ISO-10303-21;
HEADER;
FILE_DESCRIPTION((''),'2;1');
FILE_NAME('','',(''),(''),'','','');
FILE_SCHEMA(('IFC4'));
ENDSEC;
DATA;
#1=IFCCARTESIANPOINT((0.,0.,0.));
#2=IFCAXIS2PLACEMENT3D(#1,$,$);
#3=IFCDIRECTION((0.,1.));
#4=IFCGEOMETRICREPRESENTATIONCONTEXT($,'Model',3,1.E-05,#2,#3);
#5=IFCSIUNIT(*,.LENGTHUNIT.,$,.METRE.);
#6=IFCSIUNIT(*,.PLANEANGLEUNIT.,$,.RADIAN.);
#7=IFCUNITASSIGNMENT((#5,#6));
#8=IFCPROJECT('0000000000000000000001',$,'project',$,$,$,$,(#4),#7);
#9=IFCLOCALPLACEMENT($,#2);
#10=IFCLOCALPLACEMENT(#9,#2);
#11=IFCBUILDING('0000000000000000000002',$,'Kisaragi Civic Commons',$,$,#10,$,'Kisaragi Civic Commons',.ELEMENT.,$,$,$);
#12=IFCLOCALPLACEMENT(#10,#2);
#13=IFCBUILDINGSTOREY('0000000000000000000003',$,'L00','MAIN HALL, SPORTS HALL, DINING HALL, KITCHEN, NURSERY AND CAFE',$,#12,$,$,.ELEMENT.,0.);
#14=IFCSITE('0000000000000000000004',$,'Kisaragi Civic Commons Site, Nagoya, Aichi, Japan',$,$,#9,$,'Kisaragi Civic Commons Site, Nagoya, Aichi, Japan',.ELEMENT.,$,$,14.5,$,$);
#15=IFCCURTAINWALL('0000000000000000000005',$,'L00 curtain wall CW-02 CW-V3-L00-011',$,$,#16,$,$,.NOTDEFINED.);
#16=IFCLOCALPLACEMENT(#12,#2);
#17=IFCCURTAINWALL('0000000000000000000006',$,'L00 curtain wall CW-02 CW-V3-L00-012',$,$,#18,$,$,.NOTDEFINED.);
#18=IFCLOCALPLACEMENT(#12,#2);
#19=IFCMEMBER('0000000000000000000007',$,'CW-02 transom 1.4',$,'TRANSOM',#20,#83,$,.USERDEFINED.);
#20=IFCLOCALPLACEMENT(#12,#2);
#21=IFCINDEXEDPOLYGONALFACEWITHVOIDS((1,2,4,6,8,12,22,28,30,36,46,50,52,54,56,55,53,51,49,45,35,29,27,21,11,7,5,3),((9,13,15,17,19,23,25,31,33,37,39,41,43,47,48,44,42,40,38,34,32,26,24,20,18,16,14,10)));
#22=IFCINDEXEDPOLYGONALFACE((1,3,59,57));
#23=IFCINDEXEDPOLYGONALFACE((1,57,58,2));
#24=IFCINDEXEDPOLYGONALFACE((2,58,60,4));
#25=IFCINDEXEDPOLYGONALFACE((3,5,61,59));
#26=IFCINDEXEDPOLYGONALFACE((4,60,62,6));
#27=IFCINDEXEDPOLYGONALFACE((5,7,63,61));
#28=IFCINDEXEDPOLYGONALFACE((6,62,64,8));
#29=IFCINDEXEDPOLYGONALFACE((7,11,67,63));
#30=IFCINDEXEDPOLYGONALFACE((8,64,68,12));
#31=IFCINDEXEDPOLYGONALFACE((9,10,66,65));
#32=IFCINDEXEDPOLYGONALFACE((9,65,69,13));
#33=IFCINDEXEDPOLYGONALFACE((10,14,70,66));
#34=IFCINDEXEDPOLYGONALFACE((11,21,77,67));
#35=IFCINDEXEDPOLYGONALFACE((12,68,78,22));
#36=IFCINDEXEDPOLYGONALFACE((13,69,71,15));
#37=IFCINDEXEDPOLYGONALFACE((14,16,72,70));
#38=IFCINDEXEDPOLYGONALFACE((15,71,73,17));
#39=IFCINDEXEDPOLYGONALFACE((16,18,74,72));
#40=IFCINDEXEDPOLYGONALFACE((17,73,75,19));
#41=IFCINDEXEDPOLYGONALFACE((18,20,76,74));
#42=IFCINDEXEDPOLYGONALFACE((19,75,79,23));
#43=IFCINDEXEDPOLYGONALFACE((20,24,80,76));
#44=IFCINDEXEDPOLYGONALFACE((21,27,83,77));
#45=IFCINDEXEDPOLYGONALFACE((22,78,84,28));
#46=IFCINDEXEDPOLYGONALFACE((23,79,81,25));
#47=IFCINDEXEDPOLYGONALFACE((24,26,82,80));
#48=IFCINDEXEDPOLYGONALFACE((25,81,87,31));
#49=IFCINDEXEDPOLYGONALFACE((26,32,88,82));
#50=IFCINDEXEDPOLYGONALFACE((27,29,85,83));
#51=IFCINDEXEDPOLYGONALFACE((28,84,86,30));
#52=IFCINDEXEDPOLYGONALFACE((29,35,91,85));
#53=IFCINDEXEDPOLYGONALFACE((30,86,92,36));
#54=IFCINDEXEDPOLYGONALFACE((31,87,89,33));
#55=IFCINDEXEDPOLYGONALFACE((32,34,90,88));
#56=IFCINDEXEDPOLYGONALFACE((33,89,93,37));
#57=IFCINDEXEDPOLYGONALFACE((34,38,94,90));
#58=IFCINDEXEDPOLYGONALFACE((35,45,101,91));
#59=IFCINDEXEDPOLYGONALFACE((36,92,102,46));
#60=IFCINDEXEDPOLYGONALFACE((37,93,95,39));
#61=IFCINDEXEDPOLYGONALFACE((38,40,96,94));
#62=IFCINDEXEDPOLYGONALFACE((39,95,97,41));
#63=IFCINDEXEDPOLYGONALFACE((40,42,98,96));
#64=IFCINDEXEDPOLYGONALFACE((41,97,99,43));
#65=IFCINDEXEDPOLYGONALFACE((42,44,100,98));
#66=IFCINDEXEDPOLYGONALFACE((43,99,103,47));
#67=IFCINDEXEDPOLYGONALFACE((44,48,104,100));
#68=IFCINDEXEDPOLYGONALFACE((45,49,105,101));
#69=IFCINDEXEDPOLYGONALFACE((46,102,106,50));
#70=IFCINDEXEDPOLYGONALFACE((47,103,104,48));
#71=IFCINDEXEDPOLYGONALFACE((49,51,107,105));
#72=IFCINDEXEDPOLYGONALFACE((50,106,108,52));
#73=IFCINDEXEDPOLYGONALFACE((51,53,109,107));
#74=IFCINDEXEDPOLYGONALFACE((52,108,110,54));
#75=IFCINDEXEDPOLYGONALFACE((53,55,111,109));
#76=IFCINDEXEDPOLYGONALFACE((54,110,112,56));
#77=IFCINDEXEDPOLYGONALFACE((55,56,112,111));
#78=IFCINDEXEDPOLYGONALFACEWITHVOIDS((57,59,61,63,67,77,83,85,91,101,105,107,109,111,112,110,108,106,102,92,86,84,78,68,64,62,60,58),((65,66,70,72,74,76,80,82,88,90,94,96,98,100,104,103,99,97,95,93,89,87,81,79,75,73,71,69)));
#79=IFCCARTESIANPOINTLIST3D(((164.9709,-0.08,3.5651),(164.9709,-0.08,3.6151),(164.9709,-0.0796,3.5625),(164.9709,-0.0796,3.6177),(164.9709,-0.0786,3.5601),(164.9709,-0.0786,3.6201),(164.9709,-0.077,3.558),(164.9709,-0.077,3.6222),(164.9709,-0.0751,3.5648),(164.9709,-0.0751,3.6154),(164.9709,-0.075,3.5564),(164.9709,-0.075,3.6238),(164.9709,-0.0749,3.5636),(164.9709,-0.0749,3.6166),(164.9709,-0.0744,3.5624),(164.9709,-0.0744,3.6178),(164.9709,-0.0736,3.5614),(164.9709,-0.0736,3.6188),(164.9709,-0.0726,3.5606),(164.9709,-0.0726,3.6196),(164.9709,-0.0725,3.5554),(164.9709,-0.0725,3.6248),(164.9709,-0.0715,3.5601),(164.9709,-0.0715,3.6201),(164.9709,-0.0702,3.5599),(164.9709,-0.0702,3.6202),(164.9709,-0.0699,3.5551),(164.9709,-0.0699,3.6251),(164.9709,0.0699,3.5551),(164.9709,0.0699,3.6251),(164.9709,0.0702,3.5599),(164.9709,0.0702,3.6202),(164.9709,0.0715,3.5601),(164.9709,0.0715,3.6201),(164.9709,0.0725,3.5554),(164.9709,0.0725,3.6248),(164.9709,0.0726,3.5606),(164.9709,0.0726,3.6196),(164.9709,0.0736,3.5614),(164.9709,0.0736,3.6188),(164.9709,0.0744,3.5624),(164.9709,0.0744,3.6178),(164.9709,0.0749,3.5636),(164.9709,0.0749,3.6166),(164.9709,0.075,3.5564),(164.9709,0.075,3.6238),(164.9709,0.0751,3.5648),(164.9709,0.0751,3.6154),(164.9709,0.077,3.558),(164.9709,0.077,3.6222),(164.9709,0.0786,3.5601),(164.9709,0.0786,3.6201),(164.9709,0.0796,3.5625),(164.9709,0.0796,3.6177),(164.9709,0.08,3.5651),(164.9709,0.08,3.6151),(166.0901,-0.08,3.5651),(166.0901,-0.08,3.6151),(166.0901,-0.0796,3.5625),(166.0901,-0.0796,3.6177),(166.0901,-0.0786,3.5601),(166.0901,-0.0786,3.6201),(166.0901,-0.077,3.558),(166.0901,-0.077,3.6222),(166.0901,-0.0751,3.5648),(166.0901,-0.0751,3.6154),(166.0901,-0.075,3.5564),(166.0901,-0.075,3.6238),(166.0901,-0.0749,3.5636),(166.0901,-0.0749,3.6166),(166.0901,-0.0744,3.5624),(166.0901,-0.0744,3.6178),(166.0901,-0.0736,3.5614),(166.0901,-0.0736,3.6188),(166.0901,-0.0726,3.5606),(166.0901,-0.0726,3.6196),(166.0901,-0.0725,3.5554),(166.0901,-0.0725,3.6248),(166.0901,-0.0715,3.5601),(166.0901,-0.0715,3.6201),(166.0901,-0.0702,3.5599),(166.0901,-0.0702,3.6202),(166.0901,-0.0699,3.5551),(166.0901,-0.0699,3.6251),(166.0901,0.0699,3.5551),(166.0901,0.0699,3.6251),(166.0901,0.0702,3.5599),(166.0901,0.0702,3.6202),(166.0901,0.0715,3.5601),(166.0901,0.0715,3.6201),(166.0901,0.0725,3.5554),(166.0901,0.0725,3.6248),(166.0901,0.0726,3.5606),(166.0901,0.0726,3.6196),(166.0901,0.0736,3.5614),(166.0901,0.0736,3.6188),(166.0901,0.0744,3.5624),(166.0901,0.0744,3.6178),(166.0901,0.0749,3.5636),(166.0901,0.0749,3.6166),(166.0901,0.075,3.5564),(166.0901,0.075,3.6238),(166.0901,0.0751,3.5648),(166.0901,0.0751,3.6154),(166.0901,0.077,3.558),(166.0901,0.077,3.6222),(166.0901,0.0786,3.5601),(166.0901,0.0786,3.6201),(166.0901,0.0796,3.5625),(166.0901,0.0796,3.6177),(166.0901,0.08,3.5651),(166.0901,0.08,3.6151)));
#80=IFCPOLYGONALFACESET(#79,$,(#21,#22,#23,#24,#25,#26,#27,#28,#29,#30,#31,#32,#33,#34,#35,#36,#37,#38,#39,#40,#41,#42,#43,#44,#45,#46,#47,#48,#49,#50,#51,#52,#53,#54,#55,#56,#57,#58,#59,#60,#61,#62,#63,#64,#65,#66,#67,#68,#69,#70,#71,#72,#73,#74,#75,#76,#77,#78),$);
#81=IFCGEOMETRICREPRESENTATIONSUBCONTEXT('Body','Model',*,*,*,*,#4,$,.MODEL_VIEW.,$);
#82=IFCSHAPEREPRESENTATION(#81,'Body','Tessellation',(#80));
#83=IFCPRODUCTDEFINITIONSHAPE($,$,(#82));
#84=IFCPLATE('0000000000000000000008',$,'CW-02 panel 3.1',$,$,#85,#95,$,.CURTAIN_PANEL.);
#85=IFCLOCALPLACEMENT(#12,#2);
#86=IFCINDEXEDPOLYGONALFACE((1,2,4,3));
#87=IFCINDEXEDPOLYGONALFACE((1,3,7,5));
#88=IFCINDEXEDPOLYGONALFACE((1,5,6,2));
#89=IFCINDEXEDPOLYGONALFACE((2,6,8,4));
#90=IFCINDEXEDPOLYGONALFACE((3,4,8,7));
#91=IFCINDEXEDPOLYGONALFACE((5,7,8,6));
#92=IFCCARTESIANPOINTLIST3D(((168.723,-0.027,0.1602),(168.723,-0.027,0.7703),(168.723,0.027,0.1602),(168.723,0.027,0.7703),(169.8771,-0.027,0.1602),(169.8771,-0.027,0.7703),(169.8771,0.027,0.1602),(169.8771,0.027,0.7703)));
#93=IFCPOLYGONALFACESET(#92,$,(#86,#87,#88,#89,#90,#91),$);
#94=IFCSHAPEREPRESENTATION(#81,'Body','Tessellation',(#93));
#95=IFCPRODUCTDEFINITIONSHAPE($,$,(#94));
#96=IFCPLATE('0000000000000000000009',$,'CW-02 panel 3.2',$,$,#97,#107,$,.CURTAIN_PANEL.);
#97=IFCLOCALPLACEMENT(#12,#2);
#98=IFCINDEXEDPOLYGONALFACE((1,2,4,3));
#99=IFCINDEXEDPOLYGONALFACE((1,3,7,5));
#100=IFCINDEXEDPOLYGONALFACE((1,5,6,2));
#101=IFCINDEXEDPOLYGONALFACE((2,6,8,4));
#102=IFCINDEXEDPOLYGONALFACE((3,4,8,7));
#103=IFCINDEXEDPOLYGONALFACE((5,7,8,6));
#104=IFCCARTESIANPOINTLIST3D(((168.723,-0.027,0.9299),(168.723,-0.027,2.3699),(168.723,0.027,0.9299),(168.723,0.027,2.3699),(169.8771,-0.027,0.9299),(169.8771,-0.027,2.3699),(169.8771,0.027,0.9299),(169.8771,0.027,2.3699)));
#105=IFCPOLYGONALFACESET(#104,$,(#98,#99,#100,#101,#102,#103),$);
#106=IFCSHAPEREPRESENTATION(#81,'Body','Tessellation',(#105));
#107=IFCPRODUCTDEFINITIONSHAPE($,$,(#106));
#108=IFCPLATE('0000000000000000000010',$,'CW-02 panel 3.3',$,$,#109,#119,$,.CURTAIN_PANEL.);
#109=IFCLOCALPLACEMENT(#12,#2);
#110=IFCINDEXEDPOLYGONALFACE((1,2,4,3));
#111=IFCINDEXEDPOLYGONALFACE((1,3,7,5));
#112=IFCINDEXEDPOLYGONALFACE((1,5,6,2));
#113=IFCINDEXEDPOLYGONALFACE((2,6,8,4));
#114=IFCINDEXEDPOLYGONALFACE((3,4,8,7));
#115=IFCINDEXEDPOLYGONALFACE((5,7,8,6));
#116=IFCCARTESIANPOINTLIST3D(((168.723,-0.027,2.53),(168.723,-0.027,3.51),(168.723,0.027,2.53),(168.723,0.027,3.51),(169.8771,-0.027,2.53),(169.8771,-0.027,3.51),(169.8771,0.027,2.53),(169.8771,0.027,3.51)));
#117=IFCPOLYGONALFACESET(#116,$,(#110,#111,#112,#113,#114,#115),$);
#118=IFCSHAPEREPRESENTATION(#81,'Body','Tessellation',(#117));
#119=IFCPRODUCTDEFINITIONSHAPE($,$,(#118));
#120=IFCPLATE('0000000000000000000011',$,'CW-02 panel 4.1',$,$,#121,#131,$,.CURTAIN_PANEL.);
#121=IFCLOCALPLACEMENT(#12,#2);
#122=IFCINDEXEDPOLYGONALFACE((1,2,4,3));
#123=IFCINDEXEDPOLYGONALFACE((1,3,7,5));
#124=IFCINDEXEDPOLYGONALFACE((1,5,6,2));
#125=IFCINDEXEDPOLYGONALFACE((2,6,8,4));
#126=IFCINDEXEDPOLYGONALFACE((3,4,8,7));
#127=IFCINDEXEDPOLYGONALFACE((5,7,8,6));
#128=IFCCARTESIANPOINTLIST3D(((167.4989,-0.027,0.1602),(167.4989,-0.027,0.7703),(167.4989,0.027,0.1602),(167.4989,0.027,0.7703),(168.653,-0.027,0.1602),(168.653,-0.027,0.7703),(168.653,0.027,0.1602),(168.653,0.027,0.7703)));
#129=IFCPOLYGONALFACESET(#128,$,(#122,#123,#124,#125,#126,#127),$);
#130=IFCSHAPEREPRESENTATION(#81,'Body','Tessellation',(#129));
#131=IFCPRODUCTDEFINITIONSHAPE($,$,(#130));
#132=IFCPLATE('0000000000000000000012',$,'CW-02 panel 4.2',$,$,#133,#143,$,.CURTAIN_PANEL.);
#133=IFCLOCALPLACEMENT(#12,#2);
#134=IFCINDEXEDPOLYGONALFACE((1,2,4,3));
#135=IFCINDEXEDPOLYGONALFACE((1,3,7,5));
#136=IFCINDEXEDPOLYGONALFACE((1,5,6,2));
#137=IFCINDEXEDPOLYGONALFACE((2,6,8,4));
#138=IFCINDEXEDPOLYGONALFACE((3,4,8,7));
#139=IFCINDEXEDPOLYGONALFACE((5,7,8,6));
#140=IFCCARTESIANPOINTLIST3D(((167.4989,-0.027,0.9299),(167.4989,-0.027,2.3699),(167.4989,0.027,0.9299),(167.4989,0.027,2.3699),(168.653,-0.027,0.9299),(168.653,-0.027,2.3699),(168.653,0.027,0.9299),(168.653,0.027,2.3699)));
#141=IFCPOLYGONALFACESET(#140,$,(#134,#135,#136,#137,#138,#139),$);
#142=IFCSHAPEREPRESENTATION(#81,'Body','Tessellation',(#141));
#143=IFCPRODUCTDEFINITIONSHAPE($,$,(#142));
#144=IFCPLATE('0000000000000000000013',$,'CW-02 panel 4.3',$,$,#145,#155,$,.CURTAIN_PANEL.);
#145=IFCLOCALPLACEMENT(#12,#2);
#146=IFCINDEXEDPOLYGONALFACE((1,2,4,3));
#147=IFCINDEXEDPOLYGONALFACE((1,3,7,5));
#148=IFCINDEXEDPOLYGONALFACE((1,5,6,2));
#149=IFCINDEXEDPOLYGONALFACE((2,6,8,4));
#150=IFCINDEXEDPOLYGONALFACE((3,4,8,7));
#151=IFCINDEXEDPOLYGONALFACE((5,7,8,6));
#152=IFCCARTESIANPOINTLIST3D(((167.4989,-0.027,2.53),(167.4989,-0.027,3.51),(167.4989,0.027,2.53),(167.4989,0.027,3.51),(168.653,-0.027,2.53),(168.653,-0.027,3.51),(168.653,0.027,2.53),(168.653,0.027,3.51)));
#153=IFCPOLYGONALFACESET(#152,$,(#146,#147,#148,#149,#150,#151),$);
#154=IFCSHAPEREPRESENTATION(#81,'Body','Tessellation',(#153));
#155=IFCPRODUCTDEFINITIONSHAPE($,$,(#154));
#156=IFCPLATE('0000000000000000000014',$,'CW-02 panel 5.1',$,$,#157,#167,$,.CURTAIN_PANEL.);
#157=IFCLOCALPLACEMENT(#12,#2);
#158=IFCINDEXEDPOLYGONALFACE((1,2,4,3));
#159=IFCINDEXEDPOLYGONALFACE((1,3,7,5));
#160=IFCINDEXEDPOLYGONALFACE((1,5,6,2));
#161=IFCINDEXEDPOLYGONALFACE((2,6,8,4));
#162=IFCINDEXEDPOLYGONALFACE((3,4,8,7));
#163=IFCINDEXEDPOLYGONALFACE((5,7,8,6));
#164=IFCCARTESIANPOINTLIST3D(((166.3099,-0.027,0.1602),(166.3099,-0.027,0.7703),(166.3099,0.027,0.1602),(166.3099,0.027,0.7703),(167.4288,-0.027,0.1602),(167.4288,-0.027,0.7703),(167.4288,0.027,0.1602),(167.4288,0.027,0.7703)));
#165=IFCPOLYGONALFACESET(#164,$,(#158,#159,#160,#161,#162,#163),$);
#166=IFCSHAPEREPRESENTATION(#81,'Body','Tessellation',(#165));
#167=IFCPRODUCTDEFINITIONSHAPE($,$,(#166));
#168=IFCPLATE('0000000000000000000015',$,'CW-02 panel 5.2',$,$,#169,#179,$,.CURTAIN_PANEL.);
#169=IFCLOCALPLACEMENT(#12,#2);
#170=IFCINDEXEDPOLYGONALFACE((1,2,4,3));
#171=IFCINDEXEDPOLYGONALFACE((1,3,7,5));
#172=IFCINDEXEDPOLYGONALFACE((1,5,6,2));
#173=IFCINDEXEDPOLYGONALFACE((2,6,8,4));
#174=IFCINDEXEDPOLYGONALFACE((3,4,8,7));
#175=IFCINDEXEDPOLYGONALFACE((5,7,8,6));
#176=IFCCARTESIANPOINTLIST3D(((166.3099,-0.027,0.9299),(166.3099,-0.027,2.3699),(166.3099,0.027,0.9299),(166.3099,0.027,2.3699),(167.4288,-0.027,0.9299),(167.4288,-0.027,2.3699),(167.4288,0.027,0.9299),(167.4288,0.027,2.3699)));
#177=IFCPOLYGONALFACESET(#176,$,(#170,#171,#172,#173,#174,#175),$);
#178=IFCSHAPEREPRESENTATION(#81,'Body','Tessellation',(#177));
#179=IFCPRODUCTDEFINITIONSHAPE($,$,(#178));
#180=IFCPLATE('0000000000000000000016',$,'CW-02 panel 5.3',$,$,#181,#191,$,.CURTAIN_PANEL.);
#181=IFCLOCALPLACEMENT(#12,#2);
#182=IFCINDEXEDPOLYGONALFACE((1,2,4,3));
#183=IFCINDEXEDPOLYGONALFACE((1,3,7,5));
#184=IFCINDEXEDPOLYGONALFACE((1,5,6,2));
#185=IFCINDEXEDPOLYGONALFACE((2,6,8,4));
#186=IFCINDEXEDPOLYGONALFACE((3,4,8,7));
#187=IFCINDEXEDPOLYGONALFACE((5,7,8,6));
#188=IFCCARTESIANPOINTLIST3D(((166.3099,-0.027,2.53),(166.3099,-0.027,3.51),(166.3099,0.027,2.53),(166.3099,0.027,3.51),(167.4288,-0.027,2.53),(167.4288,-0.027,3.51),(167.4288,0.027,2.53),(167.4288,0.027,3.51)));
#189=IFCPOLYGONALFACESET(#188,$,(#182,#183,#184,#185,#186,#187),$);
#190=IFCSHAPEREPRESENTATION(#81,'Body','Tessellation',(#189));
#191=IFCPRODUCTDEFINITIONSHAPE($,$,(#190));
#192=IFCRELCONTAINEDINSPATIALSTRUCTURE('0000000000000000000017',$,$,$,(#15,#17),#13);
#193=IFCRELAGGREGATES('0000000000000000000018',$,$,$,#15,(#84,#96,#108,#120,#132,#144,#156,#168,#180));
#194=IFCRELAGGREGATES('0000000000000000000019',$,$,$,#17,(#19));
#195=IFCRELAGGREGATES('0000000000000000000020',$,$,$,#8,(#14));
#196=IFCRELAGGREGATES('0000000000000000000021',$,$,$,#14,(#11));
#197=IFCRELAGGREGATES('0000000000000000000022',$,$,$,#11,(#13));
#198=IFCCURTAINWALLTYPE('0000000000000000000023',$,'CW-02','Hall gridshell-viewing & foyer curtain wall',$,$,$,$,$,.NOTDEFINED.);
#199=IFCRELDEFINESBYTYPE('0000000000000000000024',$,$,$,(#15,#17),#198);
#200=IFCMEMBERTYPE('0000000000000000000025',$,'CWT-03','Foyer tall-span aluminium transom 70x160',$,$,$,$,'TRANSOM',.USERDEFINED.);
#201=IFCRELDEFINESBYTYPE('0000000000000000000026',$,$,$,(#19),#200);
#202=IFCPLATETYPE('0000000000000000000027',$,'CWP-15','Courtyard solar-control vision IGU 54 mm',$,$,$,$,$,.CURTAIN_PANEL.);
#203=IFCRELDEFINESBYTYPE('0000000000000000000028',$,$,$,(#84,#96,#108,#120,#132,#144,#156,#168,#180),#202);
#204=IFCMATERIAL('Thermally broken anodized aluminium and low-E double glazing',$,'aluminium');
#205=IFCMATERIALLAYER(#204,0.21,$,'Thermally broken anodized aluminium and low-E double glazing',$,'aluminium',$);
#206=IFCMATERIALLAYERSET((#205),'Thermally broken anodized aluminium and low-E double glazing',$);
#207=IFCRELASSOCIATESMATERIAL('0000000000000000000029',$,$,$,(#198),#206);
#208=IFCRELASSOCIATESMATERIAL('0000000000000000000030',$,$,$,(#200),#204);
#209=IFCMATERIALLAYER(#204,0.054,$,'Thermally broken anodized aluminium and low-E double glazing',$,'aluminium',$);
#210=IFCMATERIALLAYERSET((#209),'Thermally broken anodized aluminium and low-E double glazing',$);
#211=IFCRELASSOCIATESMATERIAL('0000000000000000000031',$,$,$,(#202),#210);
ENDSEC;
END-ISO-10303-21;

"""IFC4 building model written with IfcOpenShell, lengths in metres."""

from ifc_helpers import new_model, si_unit, direction, frame, origin, origin_2d, place, context, subcontext, project, spatial, rectangle, hollow_rectangle, extrude, material, layer, layer_set, material_profile, profile_set, type_object, element, aggregate, save


model = new_model("IFC4")

# Units and contexts
model_context = context("Model", 3, precision=1e-05, world=origin(), true_north=direction((0.0, 1.0)))
body_context = subcontext(model_context, "Body", "Model", "MODEL_VIEW")
ifc_project = project(units=[si_unit("LENGTHUNIT", "METRE"), si_unit("PLANEANGLEUNIT", "RADIAN")], contexts=[model_context])

# Site, building, storey
site_placement = place(None, origin())
site = spatial("IfcSite", under=ifc_project, at=site_placement, Name="Kisaragi Civic Commons Site, Nagoya, Aichi, Japan", LongName="Kisaragi Civic Commons Site, Nagoya, Aichi, Japan", CompositionType="ELEMENT", RefElevation=14.5)
building_placement = place(site_placement, origin())
building = spatial("IfcBuilding", under=site, at=building_placement, Name="Kisaragi Civic Commons", LongName="Kisaragi Civic Commons", CompositionType="ELEMENT")
storey_placement = place(building_placement, origin())
storey = spatial("IfcBuildingStorey", under=building, at=storey_placement, Name="L00", Description="MAIN HALL, SPORTS HALL, DINING HALL, KITCHEN, NURSERY AND CAFE", CompositionType="ELEMENT", Elevation=0.0)

# Curtain walls
ifc_material = material(Name="Thermally broken anodized aluminium and low-E double glazing", Category="aluminium")
ifc_layer_1 = layer(ifc_material, 0.21, Name="Thermally broken anodized aluminium and low-E double glazing", Category="aluminium")
ifc_layer_set_1 = layer_set([ifc_layer_1], Name="Thermally broken anodized aluminium and low-E double glazing")
curtain_wall_type = type_object("IfcCurtainWallType", Name="CW-02", Description="Hall gridshell-viewing & foyer curtain wall", PredefinedType="NOTDEFINED", material=ifc_layer_set_1)
curtain_wall_1_placement = place(storey_placement, origin())
curtain_wall_1 = element("IfcCurtainWall", 1, at=curtain_wall_1_placement, inside=storey, type_object=curtain_wall_type, Name="L00 curtain wall CW-02 CW-V3-L00-011", PredefinedType="NOTDEFINED")
curtain_wall_2_placement = place(storey_placement, origin())
curtain_wall_2 = element("IfcCurtainWall", 2, at=curtain_wall_2_placement, inside=storey, type_object=curtain_wall_type, Name="L00 curtain wall CW-02 CW-V3-L00-012", PredefinedType="NOTDEFINED")

# Member
ifc_material_profile_1 = material_profile(ifc_material, hollow_rectangle(XDim=0.1599, YDim=0.0701, WallThickness=0.0049, InnerFilletRadius=0.0049, OuterFilletRadius=0.01, at=origin_2d()), Name="CWT-70x160x5", Category="aluminium")
ifc_profile_set_1 = profile_set([ifc_material_profile_1], Name="Thermally broken anodized aluminium and low-E double glazing")
member_type_1 = type_object("IfcMemberType", Name="CWT-03", Description="Foyer tall-span aluminium transom 70x160", ElementType="TRANSOM", PredefinedType="USERDEFINED", material=ifc_profile_set_1)
member_1_placement = place(storey_placement, frame((166.0901, 0.0, 3.5901), z_axis=(-1.0, 0.0, 0.0), x_axis=(0.0, -1.0, 0.0)))
member_1 = element("IfcMember", 3, at=member_1_placement, type_object=member_type_1, Name="CW-02 transom 1.4", ObjectType="TRANSOM", PredefinedType="USERDEFINED", context=body_context, shape_type="SweptSolid", body=[
    extrude(hollow_rectangle(XDim=0.1599, YDim=0.0701, WallThickness=0.0049, InnerFilletRadius=0.0049, OuterFilletRadius=0.01, at=origin_2d()), origin(), (0.0, 0.0, 1.0), 1.1191),
])

# Plates
ifc_layer_2 = layer(ifc_material, 0.054, Name="Thermally broken anodized aluminium and low-E double glazing", Category="aluminium")
ifc_layer_set_2 = layer_set([ifc_layer_2], Name="Thermally broken anodized aluminium and low-E double glazing")
plate_type_1 = type_object("IfcPlateType", Name="CWP-15", Description="Courtyard solar-control vision IGU 54 mm", PredefinedType="CURTAIN_PANEL", material=ifc_layer_set_2)
plate_1_placement = place(storey_placement, frame((169.3, 0.0, 0.1602), z_axis=(0.0, 0.0, 1.0), x_axis=(-1.0, 0.0, 0.0)))
plate_1 = element("IfcPlate", 4, at=plate_1_placement, type_object=plate_type_1, Name="CW-02 panel 3.1", PredefinedType="CURTAIN_PANEL", context=body_context, shape_type="SweptSolid", body=[
    extrude(rectangle(XDim=1.1541, YDim=0.054, at=origin_2d()), origin(), (0.0, 0.0, 1.0), 0.6101),
])
plate_2_placement = place(storey_placement, frame((169.3, 0.0, 0.9299), z_axis=(0.0, 0.0, 1.0), x_axis=(-1.0, 0.0, 0.0)))
plate_2 = element("IfcPlate", 5, at=plate_2_placement, type_object=plate_type_1, Name="CW-02 panel 3.2", PredefinedType="CURTAIN_PANEL", context=body_context, shape_type="SweptSolid", body=[
    extrude(rectangle(XDim=1.1541, YDim=0.054, at=origin_2d()), origin(), (0.0, 0.0, 1.0), 1.4399),
])
plate_3_placement = place(storey_placement, frame((169.3, 0.0, 2.53), z_axis=(0.0, 0.0, 1.0), x_axis=(-1.0, 0.0, 0.0)))
plate_3 = element("IfcPlate", 6, at=plate_3_placement, type_object=plate_type_1, Name="CW-02 panel 3.3", PredefinedType="CURTAIN_PANEL", context=body_context, shape_type="SweptSolid", body=[
    extrude(rectangle(XDim=1.1541, YDim=0.054, at=origin_2d()), origin(), (0.0, 0.0, 1.0), 0.98),
])
plate_4_placement = place(storey_placement, frame((168.0759, 0.0, 0.1602), z_axis=(0.0, 0.0, 1.0), x_axis=(-1.0, 0.0, 0.0)))
plate_4 = element("IfcPlate", 7, at=plate_4_placement, type_object=plate_type_1, Name="CW-02 panel 4.1", PredefinedType="CURTAIN_PANEL", context=body_context, shape_type="SweptSolid", body=[
    extrude(rectangle(XDim=1.1541, YDim=0.054, at=origin_2d()), origin(), (0.0, 0.0, 1.0), 0.6101),
])
plate_5_placement = place(storey_placement, frame((168.0759, 0.0, 0.9299), z_axis=(0.0, 0.0, 1.0), x_axis=(-1.0, 0.0, 0.0)))
plate_5 = element("IfcPlate", 8, at=plate_5_placement, type_object=plate_type_1, Name="CW-02 panel 4.2", PredefinedType="CURTAIN_PANEL", context=body_context, shape_type="SweptSolid", body=[
    extrude(rectangle(XDim=1.1541, YDim=0.054, at=origin_2d()), origin(), (0.0, 0.0, 1.0), 1.4399),
])
plate_6_placement = place(storey_placement, frame((168.0759, 0.0, 2.53), z_axis=(0.0, 0.0, 1.0), x_axis=(-1.0, 0.0, 0.0)))
plate_6 = element("IfcPlate", 9, at=plate_6_placement, type_object=plate_type_1, Name="CW-02 panel 4.3", PredefinedType="CURTAIN_PANEL", context=body_context, shape_type="SweptSolid", body=[
    extrude(rectangle(XDim=1.1541, YDim=0.054, at=origin_2d()), origin(), (0.0, 0.0, 1.0), 0.98),
])
plate_7_placement = place(storey_placement, frame((166.8694, 0.0, 0.1602), z_axis=(0.0, 0.0, 1.0), x_axis=(-1.0, 0.0, 0.0)))
plate_7 = element("IfcPlate", 10, at=plate_7_placement, type_object=plate_type_1, Name="CW-02 panel 5.1", PredefinedType="CURTAIN_PANEL", context=body_context, shape_type="SweptSolid", body=[
    extrude(rectangle(XDim=1.1189, YDim=0.054, at=origin_2d()), origin(), (0.0, 0.0, 1.0), 0.6101),
])
plate_8_placement = place(storey_placement, frame((166.8694, 0.0, 0.9299), z_axis=(0.0, 0.0, 1.0), x_axis=(-1.0, 0.0, 0.0)))
plate_8 = element("IfcPlate", 11, at=plate_8_placement, type_object=plate_type_1, Name="CW-02 panel 5.2", PredefinedType="CURTAIN_PANEL", context=body_context, shape_type="SweptSolid", body=[
    extrude(rectangle(XDim=1.1189, YDim=0.054, at=origin_2d()), origin(), (0.0, 0.0, 1.0), 1.4399),
])
plate_9_placement = place(storey_placement, frame((166.8694, 0.0, 2.53), z_axis=(0.0, 0.0, 1.0), x_axis=(-1.0, 0.0, 0.0)))
plate_9 = element("IfcPlate", 12, at=plate_9_placement, type_object=plate_type_1, Name="CW-02 panel 5.3", PredefinedType="CURTAIN_PANEL", context=body_context, shape_type="SweptSolid", body=[
    extrude(rectangle(XDim=1.1189, YDim=0.054, at=origin_2d()), origin(), (0.0, 0.0, 1.0), 0.98),
])
aggregate(curtain_wall_1, [plate_1, plate_2, plate_3, plate_4, plate_5, plate_6, plate_7, plate_8, plate_9])
aggregate(curtain_wall_2, [member_1])

save(model, "model.ifc")
